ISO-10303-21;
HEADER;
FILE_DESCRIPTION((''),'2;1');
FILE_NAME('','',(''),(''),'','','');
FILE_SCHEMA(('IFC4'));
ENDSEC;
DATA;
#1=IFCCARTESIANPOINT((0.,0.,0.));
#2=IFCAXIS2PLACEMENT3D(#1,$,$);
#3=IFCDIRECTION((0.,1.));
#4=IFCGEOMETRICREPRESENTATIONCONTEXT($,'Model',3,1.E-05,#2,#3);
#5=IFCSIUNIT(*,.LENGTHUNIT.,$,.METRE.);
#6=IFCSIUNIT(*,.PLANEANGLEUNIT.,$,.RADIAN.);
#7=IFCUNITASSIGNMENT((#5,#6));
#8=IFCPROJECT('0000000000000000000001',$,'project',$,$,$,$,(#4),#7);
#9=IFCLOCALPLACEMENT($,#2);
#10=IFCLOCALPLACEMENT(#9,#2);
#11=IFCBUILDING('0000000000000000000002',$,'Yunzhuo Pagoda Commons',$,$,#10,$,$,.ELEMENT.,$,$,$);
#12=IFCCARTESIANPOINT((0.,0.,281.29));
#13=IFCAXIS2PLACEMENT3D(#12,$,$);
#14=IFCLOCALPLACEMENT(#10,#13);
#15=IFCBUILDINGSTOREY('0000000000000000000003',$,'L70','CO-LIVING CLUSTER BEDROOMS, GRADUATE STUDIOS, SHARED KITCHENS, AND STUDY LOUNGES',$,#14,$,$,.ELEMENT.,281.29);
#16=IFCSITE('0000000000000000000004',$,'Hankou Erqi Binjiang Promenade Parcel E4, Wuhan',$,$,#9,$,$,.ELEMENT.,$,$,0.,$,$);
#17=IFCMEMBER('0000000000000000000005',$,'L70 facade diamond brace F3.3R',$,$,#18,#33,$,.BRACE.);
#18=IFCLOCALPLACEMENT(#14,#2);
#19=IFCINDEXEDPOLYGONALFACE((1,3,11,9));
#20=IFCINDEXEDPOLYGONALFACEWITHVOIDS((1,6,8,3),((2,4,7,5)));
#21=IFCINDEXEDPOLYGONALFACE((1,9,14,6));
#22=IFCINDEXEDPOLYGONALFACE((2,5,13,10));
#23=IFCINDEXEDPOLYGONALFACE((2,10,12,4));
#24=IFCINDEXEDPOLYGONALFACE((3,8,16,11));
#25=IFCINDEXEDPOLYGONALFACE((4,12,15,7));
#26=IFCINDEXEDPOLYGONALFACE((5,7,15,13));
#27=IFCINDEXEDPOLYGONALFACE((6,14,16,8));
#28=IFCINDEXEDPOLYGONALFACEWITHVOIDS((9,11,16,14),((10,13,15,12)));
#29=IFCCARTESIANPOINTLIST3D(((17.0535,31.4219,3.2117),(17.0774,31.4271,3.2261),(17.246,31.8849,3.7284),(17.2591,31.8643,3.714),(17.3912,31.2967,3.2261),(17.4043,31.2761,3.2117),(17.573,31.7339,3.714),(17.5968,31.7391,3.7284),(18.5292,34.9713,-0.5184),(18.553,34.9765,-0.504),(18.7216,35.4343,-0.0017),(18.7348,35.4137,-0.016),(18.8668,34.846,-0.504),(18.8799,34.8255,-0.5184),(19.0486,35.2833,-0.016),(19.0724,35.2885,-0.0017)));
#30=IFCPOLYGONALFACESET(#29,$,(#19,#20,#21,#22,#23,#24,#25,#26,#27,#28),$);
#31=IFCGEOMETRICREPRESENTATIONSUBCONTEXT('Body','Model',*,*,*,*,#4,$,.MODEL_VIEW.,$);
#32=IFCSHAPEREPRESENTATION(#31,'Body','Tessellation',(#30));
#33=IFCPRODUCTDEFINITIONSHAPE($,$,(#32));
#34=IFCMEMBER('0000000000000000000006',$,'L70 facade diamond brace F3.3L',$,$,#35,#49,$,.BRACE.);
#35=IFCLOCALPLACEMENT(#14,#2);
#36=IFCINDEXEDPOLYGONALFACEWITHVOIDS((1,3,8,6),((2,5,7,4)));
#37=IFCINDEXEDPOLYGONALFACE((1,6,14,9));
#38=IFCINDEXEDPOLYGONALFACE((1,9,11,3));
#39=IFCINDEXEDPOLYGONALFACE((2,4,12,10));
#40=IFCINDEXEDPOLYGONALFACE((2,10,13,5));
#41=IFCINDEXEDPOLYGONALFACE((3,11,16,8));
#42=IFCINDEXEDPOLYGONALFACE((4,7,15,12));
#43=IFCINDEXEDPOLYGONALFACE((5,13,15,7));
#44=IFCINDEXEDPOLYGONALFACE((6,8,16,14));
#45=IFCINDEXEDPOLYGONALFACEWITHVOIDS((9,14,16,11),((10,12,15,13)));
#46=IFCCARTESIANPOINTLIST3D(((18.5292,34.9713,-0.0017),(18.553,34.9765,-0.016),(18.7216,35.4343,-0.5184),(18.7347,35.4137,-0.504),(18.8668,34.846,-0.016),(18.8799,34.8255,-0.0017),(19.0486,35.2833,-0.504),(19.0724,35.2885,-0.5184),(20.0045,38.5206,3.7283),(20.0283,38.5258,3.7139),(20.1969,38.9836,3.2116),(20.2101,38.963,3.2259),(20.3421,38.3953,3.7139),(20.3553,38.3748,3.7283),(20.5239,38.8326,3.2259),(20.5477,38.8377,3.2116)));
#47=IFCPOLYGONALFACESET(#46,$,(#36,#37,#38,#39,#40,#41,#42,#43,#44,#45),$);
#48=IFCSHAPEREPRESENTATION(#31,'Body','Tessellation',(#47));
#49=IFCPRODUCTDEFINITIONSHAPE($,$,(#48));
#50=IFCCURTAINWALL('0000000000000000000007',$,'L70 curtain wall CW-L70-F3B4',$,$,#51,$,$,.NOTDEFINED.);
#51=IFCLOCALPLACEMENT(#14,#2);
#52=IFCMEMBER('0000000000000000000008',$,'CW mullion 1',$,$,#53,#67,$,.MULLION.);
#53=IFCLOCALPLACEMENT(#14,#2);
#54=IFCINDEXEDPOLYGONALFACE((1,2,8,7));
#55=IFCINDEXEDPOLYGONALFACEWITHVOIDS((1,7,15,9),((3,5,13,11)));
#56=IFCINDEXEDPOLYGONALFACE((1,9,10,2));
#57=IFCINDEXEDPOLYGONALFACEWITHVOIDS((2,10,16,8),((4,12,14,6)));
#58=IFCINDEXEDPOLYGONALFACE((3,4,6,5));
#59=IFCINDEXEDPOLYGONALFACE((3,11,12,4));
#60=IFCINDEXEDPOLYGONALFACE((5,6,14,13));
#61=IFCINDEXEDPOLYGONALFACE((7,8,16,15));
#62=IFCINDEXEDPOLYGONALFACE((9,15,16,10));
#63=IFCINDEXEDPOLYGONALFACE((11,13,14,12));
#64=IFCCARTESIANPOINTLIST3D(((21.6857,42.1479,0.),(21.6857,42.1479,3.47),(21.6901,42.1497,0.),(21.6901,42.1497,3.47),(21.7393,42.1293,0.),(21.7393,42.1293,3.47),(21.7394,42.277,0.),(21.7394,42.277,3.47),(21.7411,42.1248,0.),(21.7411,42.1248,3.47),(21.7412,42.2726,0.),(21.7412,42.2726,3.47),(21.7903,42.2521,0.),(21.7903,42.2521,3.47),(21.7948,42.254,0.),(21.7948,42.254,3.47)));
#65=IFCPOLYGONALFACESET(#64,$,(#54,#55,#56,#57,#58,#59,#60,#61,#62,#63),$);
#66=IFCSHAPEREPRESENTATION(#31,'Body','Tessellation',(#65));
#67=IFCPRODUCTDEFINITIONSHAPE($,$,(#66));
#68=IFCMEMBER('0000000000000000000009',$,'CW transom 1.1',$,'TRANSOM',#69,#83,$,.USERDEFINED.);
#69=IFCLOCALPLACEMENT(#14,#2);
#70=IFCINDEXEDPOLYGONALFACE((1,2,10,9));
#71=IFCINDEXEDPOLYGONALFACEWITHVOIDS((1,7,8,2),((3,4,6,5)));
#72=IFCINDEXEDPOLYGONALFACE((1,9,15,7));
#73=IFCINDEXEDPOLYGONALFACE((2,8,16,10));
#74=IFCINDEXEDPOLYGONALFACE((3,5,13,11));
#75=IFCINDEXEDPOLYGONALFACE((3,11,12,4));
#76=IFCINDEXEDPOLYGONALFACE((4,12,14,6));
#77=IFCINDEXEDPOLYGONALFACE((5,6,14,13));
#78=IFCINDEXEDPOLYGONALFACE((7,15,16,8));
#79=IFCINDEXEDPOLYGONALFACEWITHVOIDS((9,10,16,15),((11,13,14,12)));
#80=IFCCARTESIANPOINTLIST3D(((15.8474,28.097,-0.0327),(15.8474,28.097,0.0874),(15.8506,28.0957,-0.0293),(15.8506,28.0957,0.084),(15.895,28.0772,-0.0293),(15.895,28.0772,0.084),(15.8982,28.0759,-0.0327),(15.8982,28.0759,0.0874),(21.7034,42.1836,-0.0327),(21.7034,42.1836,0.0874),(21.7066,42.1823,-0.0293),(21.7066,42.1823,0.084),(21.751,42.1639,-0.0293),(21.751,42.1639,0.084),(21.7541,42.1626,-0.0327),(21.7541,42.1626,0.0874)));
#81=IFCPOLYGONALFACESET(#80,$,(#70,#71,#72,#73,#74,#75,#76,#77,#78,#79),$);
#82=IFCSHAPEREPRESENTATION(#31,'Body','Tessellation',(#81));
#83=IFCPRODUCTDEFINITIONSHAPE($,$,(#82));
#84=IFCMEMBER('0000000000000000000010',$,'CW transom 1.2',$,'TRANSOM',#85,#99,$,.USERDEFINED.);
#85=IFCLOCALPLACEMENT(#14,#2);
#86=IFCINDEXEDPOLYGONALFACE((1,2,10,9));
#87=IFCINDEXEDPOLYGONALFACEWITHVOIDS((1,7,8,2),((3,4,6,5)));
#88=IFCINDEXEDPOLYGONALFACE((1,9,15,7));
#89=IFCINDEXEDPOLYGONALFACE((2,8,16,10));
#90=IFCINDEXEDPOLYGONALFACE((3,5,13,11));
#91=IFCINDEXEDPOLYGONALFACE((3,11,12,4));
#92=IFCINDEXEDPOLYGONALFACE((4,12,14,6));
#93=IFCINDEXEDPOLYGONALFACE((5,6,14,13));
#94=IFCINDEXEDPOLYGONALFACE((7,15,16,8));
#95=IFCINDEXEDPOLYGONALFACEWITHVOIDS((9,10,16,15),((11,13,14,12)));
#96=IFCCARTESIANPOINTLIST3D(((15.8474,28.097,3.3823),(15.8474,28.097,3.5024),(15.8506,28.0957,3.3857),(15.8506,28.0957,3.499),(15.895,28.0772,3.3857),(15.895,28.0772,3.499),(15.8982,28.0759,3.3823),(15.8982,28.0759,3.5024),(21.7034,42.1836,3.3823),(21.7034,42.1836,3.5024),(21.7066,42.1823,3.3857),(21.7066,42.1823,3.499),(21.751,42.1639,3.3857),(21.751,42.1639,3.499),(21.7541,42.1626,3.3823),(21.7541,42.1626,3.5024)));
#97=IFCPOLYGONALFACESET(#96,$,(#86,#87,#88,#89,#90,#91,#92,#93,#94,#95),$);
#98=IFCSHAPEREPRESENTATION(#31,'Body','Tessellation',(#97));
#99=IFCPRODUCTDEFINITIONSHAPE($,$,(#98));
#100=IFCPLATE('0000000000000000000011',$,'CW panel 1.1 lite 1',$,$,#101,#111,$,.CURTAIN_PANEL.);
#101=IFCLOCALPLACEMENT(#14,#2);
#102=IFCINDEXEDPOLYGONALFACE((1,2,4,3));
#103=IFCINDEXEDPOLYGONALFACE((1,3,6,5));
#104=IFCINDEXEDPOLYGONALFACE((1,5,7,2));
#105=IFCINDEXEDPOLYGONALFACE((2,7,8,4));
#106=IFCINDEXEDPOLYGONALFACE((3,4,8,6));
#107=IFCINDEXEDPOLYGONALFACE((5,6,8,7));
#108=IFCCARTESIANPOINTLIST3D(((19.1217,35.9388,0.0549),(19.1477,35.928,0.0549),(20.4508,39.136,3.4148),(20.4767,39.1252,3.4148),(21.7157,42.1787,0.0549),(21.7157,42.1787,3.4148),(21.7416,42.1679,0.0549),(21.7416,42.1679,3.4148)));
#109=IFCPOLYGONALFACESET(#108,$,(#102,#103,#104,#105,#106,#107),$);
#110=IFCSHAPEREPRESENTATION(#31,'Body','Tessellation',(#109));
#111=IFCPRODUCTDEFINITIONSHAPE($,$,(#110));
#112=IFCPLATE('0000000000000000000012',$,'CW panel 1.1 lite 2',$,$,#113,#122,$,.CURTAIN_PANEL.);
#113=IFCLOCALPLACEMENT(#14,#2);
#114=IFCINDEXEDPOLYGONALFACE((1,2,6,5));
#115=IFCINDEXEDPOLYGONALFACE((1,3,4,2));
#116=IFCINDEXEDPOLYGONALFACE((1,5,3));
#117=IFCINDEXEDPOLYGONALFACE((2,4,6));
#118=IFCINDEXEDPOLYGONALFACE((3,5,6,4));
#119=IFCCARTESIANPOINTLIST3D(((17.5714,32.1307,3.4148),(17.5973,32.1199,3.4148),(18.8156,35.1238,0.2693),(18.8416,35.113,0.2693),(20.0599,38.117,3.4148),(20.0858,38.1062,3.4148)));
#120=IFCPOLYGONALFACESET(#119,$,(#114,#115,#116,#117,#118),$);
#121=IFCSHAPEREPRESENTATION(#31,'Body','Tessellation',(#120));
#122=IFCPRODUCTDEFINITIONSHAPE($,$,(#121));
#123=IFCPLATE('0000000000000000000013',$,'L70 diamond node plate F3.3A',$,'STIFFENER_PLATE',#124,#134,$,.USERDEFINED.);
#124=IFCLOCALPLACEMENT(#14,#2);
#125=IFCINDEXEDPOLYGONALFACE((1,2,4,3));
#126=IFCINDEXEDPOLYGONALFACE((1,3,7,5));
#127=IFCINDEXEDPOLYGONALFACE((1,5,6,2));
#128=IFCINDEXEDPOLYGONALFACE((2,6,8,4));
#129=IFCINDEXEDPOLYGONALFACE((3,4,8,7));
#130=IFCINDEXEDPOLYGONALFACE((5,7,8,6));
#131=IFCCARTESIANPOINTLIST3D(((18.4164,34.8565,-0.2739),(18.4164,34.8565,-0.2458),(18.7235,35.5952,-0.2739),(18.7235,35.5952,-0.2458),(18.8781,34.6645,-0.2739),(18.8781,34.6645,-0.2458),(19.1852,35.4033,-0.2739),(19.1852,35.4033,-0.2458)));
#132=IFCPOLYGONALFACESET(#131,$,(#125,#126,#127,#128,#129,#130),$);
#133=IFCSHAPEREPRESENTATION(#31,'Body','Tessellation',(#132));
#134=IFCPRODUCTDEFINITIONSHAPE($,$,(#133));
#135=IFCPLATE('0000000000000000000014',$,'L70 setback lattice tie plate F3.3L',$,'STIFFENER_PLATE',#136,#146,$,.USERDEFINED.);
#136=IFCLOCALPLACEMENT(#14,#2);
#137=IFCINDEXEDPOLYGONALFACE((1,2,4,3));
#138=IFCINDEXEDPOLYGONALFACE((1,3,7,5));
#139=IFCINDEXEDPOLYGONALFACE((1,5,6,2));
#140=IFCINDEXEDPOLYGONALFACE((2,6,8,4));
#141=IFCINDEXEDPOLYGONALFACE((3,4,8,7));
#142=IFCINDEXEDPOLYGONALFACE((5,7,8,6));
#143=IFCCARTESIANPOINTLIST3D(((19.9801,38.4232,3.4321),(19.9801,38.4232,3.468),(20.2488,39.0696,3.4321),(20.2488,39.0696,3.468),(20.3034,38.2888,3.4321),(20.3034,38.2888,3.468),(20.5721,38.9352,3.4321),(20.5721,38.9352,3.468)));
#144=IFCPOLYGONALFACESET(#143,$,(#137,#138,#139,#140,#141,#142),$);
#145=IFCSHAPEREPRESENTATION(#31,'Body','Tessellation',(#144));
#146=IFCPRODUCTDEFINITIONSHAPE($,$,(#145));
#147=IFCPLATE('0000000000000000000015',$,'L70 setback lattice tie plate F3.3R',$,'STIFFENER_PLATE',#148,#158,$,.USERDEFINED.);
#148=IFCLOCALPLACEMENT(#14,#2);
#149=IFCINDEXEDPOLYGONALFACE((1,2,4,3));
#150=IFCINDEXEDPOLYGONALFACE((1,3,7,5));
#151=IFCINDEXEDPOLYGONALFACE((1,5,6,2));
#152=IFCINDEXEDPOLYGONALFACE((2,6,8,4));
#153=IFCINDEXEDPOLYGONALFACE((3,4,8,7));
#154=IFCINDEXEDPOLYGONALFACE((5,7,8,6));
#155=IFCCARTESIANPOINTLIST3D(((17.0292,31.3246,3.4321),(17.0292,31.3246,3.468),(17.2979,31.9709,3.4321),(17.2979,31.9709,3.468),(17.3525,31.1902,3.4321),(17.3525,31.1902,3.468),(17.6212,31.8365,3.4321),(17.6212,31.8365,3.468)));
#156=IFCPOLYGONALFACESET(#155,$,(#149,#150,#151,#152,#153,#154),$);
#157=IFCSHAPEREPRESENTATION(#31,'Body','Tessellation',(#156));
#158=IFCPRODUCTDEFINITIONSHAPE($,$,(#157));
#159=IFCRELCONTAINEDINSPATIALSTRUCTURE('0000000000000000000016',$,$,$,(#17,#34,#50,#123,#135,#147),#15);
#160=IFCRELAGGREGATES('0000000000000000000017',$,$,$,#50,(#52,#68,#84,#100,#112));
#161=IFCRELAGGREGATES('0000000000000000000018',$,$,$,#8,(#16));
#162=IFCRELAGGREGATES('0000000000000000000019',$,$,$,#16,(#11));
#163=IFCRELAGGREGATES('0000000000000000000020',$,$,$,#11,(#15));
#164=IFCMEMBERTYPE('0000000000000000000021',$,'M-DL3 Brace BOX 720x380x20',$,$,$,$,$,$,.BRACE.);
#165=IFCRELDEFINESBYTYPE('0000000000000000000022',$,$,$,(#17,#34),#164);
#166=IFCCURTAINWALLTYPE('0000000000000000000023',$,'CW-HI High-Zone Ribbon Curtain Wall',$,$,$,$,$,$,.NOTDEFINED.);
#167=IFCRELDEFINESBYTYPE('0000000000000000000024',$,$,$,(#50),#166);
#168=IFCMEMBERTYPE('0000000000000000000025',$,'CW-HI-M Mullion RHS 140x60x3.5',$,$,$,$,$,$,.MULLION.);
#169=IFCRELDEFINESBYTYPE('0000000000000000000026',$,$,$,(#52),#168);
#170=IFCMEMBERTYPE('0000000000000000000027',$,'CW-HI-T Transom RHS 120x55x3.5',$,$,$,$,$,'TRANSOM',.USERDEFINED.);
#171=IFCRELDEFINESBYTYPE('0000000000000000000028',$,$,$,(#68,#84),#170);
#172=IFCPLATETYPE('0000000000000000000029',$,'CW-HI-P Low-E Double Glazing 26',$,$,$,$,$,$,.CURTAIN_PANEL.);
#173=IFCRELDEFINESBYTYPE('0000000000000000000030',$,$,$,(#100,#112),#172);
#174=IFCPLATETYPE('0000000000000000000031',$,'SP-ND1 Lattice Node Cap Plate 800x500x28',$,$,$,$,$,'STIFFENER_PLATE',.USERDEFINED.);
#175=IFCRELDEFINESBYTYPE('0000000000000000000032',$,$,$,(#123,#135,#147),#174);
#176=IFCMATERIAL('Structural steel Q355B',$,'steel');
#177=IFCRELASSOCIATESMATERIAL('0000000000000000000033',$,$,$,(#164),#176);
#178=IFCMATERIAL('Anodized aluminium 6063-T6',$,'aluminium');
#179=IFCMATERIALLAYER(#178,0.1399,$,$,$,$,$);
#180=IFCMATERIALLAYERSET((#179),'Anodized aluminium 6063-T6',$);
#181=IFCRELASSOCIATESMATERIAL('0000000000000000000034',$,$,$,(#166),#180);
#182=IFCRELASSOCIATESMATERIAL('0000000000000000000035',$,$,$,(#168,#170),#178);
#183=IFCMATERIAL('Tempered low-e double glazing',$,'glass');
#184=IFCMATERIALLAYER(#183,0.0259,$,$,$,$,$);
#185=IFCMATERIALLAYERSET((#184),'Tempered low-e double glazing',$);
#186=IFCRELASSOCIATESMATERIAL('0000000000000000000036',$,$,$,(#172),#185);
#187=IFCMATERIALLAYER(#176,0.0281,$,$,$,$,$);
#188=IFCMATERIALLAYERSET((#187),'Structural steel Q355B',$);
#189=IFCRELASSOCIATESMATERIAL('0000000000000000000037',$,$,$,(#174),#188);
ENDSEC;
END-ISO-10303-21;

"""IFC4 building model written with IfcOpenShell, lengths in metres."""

from ifc_helpers import new_model, si_unit, direction, frame, origin, origin_2d, place, context, subcontext, project, spatial, polyline, rectangle, hollow_rectangle, outline, extrude, source, transform, mapped, material, layer, layer_set, material_profile, profile_set, type_object, element, aggregate, save


model = new_model("IFC4")

# Units and contexts
model_context = context("Model", 3, precision=1e-05, world=origin(), true_north=direction((0.0, 1.0)))
body_context = subcontext(model_context, "Body", "Model", "MODEL_VIEW")
ifc_project = project(units=[si_unit("LENGTHUNIT", "METRE"), si_unit("PLANEANGLEUNIT", "RADIAN")], contexts=[model_context])

# Site, building, storey
site_placement = place(None, origin())
site = spatial("IfcSite", under=ifc_project, at=site_placement, Name="Hankou Erqi Binjiang Promenade Parcel E4, Wuhan", CompositionType="ELEMENT", RefElevation=0.0)
building_placement = place(site_placement, origin())
building = spatial("IfcBuilding", under=site, at=building_placement, Name="Yunzhuo Pagoda Commons", CompositionType="ELEMENT")
storey_placement = place(building_placement, frame((0.0, 0.0, 281.29)))
storey = spatial("IfcBuildingStorey", under=building, at=storey_placement, Name="L70", Description="CO-LIVING CLUSTER BEDROOMS, GRADUATE STUDIOS, SHARED KITCHENS, AND STUDY LOUNGES", CompositionType="ELEMENT", Elevation=281.29)

# Shared definitions
ifc_material_1 = material(Name="Structural steel Q355B", Category="steel")

# Members
ifc_material_profile_1 = material_profile(ifc_material_1, hollow_rectangle(XDim=0.3799, YDim=0.72, WallThickness=0.02, at=origin_2d()), Name="Structural steel Q355B")
ifc_profile_set_1 = profile_set([ifc_material_profile_1], Name="Structural steel Q355B")
member_type_1 = type_object("IfcMemberType", Name="M-DL3 Brace BOX 720x380x20", PredefinedType="BRACE", material=ifc_profile_set_1)
shared_shape_1 = source(origin(), body_context, "Body", "SweptSolid", [
    extrude(hollow_rectangle(XDim=0.3799, YDim=0.72, WallThickness=0.02, at=origin_2d()), origin(), (0.0, 0.0, 1.0), 5.3562),
])
member_1_placement = place(storey_placement, frame((18.8008, 35.1299, -0.26), z_axis=(-0.275497, -0.662669, 0.696399), x_axis=(0.923381, -0.383885, 0.0)))
element("IfcMember", 1, at=member_1_placement, inside=storey, type_object=member_type_1, Name="L70 facade diamond brace F3.3R", PredefinedType="BRACE", context=body_context, shape_type="MappedRepresentation", body=[
    mapped(shared_shape_1, transform((0.0, 0.0, 0.0), scale=1.0)),
])
shared_shape_2 = source(origin(), body_context, "Body", "SweptSolid", [
    extrude(hollow_rectangle(XDim=0.3799, YDim=0.72, WallThickness=0.02, at=origin_2d()), origin(), (0.0, 0.0, 1.0), 5.356),
])
member_2_placement = place(storey_placement, frame((18.8008, 35.1299, -0.26), z_axis=(0.275454, 0.662677, 0.696408), x_axis=(-0.923404, 0.38383, 0.0)))
element("IfcMember", 2, at=member_2_placement, inside=storey, type_object=member_type_1, Name="L70 facade diamond brace F3.3L", PredefinedType="BRACE", context=body_context, shape_type="MappedRepresentation", body=[
    mapped(shared_shape_2, transform((0.0, 0.0, 0.0), scale=1.0)),
])

# Curtain wall, members, plates
ifc_material_2 = material(Name="Anodized aluminium 6063-T6", Category="aluminium")
ifc_layer_1 = layer(ifc_material_2, 0.1399)
ifc_layer_set_1 = layer_set([ifc_layer_1], Name="Anodized aluminium 6063-T6")
curtain_wall_type = type_object("IfcCurtainWallType", Name="CW-HI High-Zone Ribbon Curtain Wall", PredefinedType="NOTDEFINED", material=ifc_layer_set_1)
curtain_wall_placement = place(storey_placement, origin())
curtain_wall = element("IfcCurtainWall", 3, at=curtain_wall_placement, inside=storey, type_object=curtain_wall_type, Name="L70 curtain wall CW-L70-F3B4", PredefinedType="NOTDEFINED")
ifc_material_profile_2 = material_profile(ifc_material_2, hollow_rectangle(XDim=0.0601, YDim=0.1399, WallThickness=0.0034, at=origin_2d()), Name="Anodized aluminium 6063-T6")
ifc_profile_set_2 = profile_set([ifc_material_profile_2], Name="Anodized aluminium 6063-T6")
member_type_2 = type_object("IfcMemberType", Name="CW-HI-M Mullion RHS 140x60x3.5", PredefinedType="MULLION", material=ifc_profile_set_2)
shared_shape_3 = source(origin(), body_context, "Body", "SweptSolid", [
    extrude(hollow_rectangle(XDim=0.0601, YDim=0.1399, WallThickness=0.0034, at=origin_2d()), origin(), (0.0, 0.0, 1.0), 3.47),
])
member_3_placement = place(storey_placement, frame((21.7402, 42.2009, 0.0), z_axis=(0.0, 0.0, 1.0), x_axis=(0.923394, -0.383855, 0.0)))
member_3 = element("IfcMember", 4, at=member_3_placement, type_object=member_type_2, Name="CW mullion 1", PredefinedType="MULLION", context=body_context, shape_type="MappedRepresentation", body=[
    mapped(shared_shape_3, transform((0.0, 0.0, 0.0), scale=1.0)),
])
ifc_material_profile_3 = material_profile(ifc_material_2, hollow_rectangle(XDim=0.0549, YDim=0.1201, WallThickness=0.0034, at=origin_2d()), Name="Anodized aluminium 6063-T6")
ifc_profile_set_3 = profile_set([ifc_material_profile_3], Name="Anodized aluminium 6063-T6")
member_type_3 = type_object("IfcMemberType", Name="CW-HI-T Transom RHS 120x55x3.5", ElementType="TRANSOM", PredefinedType="USERDEFINED", material=ifc_profile_set_3)
shared_shape_4 = source(origin(), body_context, "Body", "SweptSolid", [
    extrude(hollow_rectangle(XDim=0.0549, YDim=0.1201, WallThickness=0.0034, at=origin_2d()), origin(), (0.0, 0.0, 1.0), 15.2554),
])
member_4_placement = place(storey_placement, frame((21.7288, 42.1731, 0.0273), z_axis=(-0.383862, -0.923391, 0.0), x_axis=(0.923391, -0.383862, 0.0)))
member_4 = element("IfcMember", 5, at=member_4_placement, type_object=member_type_3, Name="CW transom 1.1", ObjectType="TRANSOM", PredefinedType="USERDEFINED", context=body_context, shape_type="MappedRepresentation", body=[
    mapped(shared_shape_4, transform((0.0, 0.0, 0.0), scale=1.0)),
])
member_5_placement = place(storey_placement, frame((21.7288, 42.1731, 3.4424), z_axis=(-0.383862, -0.923391, 0.0), x_axis=(0.923391, -0.383862, 0.0)))
member_5 = element("IfcMember", 6, at=member_5_placement, type_object=member_type_3, Name="CW transom 1.2", ObjectType="TRANSOM", PredefinedType="USERDEFINED", context=body_context, shape_type="MappedRepresentation", body=[
    mapped(shared_shape_4, transform((0.0, 0.0, 0.0), scale=1.0)),
])
ifc_material_3 = material(Name="Tempered low-e double glazing", Category="glass")
ifc_layer_2 = layer(ifc_material_3, 0.0259)
ifc_layer_set_2 = layer_set([ifc_layer_2], Name="Tempered low-e double glazing")
plate_type_1 = type_object("IfcPlateType", Name="CW-HI-P Low-E Double Glazing 26", PredefinedType="CURTAIN_PANEL", material=ifc_layer_set_2)
plate_1_placement = place(storey_placement, frame((20.4446, 39.0479, 1.7349), z_axis=(-0.923394, 0.383855, 0.0), x_axis=(-0.383855, -0.923394, 0.0)))
plate_1 = element("IfcPlate", 7, at=plate_1_placement, type_object=plate_type_1, Name="CW panel 1.1 lite 1", PredefinedType="CURTAIN_PANEL", context=body_context, shape_type="SweptSolid", body=[
    extrude(outline(polyline([(-3.3789, -1.6799), (3.3787, -1.6799), (-0.0837, 1.6799), (-3.3789, 1.6799), (-3.3789, -1.6799)])), origin(), (0.0, 0.0, 1.0), 0.0281),
])
plate_2_placement = place(storey_placement, frame((18.8416, 35.113, 1.842), z_axis=(-0.923394, 0.383855, 0.0), x_axis=(-0.383855, -0.923394, 0.0)))
plate_2 = element("IfcPlate", 8, at=plate_2_placement, type_object=plate_type_1, Name="CW panel 1.1 lite 2", PredefinedType="CURTAIN_PANEL", context=body_context, shape_type="SweptSolid", body=[
    extrude(outline(polyline([(-3.2415, 1.5728), (0.0, -1.5728), (3.2415, 1.5728), (-3.2415, 1.5728)])), origin(), (0.0, 0.0, 1.0), 0.0281),
])
aggregate(curtain_wall, [member_3, member_4, member_5, plate_1, plate_2])

# Plates
ifc_layer_3 = layer(ifc_material_1, 0.0281)
ifc_layer_set_3 = layer_set([ifc_layer_3], Name="Structural steel Q355B")
plate_type_2 = type_object("IfcPlateType", Name="SP-ND1 Lattice Node Cap Plate 800x500x28", ElementType="STIFFENER_PLATE", PredefinedType="USERDEFINED", material=ifc_layer_set_3)
shared_shape_5 = source(origin(), body_context, "Body", "SweptSolid", [
    extrude(rectangle(XDim=0.8, YDim=0.5, at=origin_2d()), origin(), (0.0, 0.0, 1.0), 0.0281),
])
plate_3_placement = place(storey_placement, frame((18.8008, 35.1299, -0.2739), z_axis=(0.0, 0.0, 1.0), x_axis=(-0.38386, -0.923391, 0.0)))
element("IfcPlate", 9, at=plate_3_placement, inside=storey, type_object=plate_type_2, Name="L70 diamond node plate F3.3A", ObjectType="STIFFENER_PLATE", PredefinedType="USERDEFINED", context=body_context, shape_type="MappedRepresentation", body=[
    mapped(shared_shape_5, transform((0.0, 0.0, 0.0), scale=1.0)),
])
shared_shape_6 = source(origin(), body_context, "Body", "SweptSolid", [
    extrude(rectangle(XDim=0.7, YDim=0.3501, at=origin_2d()), origin(), (0.0, 0.0, 1.0), 0.0359),
])
for number, where, z_axis, x_axis, name in (
    (10, (20.2761, 38.6792, 3.4321), (0.0, 0.0, 1.0), (-0.38386, -0.923391, 0.0), "L70 setback lattice tie plate F3.3L"),
    (11, (17.3252, 31.5806, 3.4321), (0.0, 0.0, 1.0), (-0.38386, -0.923391, 0.0), "L70 setback lattice tie plate F3.3R"),
):
    element("IfcPlate", number, at=place(storey_placement, frame(where, z_axis=z_axis, x_axis=x_axis)), inside=storey, type_object=plate_type_2, Name=name, ObjectType="STIFFENER_PLATE", PredefinedType="USERDEFINED", context=body_context, shape_type="MappedRepresentation", body=[
        mapped(shared_shape_6, transform((0.0, 0.0, 0.0), scale=1.0)),
    ])

save(model, "model.ifc")
